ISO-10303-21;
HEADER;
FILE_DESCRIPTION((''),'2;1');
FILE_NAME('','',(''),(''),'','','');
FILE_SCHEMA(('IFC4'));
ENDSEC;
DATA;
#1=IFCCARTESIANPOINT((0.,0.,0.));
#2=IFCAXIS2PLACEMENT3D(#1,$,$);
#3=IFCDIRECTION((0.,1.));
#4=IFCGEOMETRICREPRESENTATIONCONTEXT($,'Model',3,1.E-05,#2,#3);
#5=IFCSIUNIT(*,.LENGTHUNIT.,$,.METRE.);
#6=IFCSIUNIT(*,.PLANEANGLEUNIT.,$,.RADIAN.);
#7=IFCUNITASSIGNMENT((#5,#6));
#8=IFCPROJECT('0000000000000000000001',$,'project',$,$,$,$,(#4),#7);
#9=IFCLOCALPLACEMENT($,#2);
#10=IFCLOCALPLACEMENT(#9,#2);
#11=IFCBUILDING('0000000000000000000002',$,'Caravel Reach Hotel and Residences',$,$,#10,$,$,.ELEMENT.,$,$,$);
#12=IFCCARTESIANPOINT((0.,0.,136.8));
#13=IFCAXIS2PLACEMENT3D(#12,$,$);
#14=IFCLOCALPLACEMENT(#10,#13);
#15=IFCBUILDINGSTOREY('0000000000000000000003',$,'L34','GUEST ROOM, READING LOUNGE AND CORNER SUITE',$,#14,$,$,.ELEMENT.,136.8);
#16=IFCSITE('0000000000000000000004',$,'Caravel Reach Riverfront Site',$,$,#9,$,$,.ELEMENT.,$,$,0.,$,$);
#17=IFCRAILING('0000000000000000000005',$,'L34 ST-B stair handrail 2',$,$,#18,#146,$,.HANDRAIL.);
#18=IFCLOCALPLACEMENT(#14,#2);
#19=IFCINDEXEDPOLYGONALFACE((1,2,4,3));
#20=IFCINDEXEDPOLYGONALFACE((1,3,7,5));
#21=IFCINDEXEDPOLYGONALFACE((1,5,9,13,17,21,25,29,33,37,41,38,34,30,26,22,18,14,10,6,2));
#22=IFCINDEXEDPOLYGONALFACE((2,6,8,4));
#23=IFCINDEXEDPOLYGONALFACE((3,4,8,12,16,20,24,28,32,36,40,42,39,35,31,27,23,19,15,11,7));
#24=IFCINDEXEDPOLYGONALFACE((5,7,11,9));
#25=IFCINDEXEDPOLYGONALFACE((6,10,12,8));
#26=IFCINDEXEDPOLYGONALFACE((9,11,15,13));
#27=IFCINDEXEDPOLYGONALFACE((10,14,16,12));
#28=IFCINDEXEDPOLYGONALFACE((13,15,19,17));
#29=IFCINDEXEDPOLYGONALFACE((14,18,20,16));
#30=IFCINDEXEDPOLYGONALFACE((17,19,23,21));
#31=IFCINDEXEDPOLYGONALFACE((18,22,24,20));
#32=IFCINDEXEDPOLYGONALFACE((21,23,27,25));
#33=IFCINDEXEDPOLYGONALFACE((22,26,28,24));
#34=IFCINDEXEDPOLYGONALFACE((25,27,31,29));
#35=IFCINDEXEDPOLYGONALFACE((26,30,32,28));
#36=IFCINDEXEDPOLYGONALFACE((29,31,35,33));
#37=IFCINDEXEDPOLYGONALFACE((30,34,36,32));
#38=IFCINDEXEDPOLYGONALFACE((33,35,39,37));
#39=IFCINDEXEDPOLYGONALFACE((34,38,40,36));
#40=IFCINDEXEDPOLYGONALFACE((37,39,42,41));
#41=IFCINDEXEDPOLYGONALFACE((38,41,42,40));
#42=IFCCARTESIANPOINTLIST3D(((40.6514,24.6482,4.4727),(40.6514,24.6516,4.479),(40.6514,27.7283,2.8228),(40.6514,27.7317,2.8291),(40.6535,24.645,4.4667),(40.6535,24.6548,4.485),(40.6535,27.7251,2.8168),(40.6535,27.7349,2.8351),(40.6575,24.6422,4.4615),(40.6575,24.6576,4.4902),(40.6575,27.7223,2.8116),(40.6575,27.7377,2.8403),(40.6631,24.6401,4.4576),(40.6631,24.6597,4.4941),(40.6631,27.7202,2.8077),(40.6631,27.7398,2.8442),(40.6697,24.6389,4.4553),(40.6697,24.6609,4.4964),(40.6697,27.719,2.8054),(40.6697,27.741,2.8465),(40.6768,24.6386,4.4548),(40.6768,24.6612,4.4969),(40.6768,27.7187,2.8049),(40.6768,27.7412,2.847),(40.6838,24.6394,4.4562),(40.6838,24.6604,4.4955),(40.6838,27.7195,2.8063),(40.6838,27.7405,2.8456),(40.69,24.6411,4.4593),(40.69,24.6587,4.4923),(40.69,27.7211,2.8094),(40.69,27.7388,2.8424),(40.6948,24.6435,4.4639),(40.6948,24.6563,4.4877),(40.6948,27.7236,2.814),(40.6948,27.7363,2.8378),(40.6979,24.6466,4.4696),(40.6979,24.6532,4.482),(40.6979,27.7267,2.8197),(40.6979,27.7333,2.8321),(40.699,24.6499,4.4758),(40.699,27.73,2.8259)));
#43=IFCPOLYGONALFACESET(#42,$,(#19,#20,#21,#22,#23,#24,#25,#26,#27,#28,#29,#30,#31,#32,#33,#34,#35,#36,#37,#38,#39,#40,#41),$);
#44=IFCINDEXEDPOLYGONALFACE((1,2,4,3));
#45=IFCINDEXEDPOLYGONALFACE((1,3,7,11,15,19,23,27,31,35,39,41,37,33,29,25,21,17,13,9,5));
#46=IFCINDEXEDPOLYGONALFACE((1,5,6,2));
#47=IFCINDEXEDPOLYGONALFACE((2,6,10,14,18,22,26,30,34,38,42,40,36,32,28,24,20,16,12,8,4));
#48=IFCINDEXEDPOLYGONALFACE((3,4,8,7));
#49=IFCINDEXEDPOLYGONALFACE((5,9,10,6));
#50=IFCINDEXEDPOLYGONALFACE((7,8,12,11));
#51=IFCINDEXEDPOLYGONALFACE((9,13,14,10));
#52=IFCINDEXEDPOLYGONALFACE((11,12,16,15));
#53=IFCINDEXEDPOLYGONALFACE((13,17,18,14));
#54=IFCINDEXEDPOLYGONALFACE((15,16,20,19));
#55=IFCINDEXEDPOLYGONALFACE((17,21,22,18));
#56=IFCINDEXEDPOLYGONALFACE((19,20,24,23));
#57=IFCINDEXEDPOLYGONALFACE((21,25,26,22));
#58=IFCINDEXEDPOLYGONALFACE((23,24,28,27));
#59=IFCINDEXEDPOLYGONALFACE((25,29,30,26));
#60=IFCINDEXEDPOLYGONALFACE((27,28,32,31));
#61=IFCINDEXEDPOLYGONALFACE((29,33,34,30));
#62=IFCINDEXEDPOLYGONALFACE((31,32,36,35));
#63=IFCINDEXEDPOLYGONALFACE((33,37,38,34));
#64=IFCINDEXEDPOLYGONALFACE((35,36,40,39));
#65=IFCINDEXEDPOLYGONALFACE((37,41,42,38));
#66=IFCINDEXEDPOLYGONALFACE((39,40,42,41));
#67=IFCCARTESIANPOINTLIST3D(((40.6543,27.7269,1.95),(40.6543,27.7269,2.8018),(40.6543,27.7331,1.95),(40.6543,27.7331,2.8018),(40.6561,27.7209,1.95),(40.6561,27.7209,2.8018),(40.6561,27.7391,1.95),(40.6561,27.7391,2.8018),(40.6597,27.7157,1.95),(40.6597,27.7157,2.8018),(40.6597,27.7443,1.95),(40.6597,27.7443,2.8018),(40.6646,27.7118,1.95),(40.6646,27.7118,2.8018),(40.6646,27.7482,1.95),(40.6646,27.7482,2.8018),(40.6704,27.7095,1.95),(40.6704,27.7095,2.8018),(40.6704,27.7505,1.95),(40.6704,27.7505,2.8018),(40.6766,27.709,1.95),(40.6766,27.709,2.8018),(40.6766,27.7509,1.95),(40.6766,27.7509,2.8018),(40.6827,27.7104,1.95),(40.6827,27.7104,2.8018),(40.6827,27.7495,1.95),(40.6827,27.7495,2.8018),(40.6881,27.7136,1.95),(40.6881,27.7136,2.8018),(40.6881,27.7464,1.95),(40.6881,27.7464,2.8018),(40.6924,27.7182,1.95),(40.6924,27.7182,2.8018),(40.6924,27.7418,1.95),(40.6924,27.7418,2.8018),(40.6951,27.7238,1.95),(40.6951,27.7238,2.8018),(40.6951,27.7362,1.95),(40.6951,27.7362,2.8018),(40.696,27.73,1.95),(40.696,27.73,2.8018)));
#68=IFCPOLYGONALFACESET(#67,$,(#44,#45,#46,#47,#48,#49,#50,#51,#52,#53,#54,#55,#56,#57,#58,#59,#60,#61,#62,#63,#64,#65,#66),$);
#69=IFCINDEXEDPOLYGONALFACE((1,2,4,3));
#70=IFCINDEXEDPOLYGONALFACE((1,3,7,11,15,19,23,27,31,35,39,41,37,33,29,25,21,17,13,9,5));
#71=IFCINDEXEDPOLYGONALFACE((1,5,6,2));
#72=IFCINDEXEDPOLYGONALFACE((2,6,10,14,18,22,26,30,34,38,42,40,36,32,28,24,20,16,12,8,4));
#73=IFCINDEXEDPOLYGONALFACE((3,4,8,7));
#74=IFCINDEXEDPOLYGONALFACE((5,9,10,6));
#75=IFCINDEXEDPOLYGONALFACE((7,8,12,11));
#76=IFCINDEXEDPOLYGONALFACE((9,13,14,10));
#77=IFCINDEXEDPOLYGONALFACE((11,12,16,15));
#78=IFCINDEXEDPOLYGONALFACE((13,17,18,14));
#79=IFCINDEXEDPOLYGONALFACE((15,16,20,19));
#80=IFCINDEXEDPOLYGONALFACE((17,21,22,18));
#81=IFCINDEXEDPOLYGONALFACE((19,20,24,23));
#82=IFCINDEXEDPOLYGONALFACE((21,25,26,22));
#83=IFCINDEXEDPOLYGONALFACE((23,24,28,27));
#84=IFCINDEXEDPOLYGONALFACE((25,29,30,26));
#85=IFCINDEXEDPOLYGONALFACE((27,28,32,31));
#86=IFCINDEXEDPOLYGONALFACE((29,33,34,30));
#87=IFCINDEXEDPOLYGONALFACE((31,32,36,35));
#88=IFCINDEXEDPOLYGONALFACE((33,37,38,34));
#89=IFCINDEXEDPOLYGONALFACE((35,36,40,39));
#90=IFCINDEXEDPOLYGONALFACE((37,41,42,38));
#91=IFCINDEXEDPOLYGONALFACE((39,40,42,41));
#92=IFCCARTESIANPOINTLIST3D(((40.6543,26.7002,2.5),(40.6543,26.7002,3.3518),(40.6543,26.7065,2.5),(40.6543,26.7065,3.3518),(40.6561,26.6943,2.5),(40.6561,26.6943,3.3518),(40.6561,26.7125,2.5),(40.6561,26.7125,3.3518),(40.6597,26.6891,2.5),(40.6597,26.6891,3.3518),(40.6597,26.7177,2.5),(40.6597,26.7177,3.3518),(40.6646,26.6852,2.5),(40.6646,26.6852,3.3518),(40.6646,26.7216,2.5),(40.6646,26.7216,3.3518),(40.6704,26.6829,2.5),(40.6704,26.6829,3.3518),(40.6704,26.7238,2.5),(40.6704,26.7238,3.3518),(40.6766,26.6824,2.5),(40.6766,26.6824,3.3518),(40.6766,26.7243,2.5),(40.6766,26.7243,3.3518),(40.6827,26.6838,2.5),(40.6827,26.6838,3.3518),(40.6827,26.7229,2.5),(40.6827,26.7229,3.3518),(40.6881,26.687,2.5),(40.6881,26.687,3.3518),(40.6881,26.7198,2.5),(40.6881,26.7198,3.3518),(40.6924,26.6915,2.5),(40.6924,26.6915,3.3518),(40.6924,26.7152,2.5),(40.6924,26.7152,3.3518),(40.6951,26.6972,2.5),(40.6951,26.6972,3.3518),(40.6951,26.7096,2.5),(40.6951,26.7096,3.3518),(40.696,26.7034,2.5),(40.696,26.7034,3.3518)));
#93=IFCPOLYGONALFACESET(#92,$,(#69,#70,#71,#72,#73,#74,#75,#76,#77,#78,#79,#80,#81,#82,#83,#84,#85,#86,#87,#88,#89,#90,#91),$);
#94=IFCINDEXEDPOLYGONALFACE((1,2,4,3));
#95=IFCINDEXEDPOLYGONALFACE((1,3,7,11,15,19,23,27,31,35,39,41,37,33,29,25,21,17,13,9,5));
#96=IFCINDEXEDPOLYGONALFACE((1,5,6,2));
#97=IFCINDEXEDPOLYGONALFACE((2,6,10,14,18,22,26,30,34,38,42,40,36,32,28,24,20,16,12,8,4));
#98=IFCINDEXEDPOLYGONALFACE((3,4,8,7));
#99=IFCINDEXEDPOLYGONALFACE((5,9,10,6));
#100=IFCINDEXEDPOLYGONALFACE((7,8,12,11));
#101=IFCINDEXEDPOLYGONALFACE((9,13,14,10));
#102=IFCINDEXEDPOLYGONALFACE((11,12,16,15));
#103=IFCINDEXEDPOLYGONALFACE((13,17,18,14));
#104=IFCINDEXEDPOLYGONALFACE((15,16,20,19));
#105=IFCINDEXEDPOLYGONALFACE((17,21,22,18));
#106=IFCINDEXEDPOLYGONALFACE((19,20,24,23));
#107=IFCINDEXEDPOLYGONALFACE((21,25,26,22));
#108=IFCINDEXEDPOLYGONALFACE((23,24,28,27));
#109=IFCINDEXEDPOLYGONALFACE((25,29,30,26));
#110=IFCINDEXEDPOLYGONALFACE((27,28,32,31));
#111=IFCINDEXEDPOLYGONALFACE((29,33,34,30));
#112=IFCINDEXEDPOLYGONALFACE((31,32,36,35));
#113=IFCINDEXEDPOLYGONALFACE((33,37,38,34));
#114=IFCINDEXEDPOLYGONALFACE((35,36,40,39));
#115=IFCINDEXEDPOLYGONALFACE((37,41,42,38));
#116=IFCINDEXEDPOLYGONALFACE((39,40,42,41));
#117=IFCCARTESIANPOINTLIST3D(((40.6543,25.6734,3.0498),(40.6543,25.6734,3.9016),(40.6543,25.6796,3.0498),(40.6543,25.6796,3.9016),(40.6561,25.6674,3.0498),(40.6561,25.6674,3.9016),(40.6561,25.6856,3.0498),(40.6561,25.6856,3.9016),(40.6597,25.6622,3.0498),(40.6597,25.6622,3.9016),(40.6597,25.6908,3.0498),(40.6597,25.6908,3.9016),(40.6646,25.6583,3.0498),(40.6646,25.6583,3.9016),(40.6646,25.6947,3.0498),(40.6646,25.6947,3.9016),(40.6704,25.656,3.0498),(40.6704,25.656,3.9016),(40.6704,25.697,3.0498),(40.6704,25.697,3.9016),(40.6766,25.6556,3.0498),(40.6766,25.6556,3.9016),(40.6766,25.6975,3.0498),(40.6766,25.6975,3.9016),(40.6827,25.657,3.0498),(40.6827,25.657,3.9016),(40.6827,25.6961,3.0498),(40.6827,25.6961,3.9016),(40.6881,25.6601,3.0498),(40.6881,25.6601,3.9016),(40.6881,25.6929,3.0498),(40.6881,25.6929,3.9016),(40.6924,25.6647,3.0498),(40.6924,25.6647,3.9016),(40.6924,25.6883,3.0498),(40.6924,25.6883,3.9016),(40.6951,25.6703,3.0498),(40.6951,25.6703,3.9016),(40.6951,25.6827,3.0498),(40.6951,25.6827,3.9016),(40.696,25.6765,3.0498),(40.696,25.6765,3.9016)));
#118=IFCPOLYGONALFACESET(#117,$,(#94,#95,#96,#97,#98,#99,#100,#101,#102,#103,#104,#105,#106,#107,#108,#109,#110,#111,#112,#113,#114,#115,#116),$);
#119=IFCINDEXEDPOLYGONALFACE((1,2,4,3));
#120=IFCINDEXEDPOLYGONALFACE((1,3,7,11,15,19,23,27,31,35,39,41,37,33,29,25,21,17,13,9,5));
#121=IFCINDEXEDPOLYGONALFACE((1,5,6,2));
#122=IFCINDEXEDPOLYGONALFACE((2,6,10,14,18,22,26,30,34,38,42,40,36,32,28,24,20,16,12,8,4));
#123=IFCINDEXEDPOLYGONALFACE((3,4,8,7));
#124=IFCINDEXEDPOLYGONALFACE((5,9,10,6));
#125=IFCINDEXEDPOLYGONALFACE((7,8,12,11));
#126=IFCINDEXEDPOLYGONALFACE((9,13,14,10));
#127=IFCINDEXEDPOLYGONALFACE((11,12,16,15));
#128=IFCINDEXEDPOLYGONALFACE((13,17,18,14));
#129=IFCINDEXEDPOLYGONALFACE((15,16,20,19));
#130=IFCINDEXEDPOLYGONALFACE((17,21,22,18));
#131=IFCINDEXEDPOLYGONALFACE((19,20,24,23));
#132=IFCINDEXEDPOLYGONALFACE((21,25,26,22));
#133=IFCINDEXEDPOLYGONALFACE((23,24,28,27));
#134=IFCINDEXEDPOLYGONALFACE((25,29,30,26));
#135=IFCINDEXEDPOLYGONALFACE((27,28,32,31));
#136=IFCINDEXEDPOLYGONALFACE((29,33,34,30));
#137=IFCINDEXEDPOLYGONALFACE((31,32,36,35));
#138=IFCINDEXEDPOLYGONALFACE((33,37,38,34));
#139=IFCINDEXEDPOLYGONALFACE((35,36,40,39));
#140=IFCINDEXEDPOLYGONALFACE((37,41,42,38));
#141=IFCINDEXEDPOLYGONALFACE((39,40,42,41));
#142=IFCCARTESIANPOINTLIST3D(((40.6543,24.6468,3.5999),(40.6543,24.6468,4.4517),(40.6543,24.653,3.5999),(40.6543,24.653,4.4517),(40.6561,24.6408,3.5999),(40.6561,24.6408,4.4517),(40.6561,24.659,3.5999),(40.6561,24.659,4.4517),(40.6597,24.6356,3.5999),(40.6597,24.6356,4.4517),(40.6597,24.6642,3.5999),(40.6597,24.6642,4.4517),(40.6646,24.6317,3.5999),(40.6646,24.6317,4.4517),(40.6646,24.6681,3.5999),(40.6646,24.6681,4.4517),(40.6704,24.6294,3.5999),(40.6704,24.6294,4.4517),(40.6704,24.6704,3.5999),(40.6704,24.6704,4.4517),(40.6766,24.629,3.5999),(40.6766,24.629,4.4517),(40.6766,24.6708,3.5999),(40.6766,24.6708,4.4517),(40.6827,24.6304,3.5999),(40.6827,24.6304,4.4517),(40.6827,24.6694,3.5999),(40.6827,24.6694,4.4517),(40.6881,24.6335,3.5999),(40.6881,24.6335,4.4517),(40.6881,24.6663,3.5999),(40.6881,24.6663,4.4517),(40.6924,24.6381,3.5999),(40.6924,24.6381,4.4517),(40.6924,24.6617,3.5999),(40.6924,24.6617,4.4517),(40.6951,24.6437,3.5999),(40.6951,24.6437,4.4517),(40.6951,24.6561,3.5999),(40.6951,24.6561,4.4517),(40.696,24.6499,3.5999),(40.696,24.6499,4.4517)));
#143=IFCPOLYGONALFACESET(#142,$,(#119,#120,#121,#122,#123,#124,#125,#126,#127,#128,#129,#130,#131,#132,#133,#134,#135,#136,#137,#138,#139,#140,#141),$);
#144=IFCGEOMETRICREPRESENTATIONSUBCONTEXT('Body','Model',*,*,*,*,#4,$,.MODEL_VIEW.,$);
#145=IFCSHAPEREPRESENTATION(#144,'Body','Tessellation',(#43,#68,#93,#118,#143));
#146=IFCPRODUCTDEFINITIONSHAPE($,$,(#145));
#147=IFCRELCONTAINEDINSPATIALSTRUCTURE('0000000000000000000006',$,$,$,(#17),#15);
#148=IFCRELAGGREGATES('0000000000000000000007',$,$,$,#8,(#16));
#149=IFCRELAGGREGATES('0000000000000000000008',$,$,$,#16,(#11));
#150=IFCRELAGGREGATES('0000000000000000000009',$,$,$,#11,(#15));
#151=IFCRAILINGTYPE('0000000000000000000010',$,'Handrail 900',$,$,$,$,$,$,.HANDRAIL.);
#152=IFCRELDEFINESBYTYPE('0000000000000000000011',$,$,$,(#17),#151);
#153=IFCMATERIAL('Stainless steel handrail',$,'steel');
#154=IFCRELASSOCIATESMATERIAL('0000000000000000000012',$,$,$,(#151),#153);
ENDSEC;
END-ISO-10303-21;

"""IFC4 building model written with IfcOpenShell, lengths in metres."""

from ifc_helpers import new_model, si_unit, direction, frame, origin, origin_2d, place, context, subcontext, project, spatial, circle, extrude, material, type_object, element, save


model = new_model("IFC4")

# Units and contexts
model_context = context("Model", 3, precision=1e-05, world=origin(), true_north=direction((0.0, 1.0)))
body_context = subcontext(model_context, "Body", "Model", "MODEL_VIEW")
ifc_project = project(units=[si_unit("LENGTHUNIT", "METRE"), si_unit("PLANEANGLEUNIT", "RADIAN")], contexts=[model_context])

# Site, building, storey
site_placement = place(None, origin())
site = spatial("IfcSite", under=ifc_project, at=site_placement, Name="Caravel Reach Riverfront Site", CompositionType="ELEMENT", RefElevation=0.0)
building_placement = place(site_placement, origin())
building = spatial("IfcBuilding", under=site, at=building_placement, Name="Caravel Reach Hotel and Residences", CompositionType="ELEMENT")
storey_placement = place(building_placement, frame((0.0, 0.0, 136.8)))
storey = spatial("IfcBuildingStorey", under=building, at=storey_placement, Name="L34", Description="GUEST ROOM, READING LOUNGE AND CORNER SUITE", CompositionType="ELEMENT", Elevation=136.8)

# Railing
ifc_material_1 = material(Name="Stainless steel handrail", Category="steel")
railing_type_1 = type_object("IfcRailingType", Name="Handrail 900", PredefinedType="HANDRAIL", material=ifc_material_1)
railing_1_placement = place(storey_placement, frame((40.675, 27.73, 1.95)))
element("IfcRailing", 1, at=railing_1_placement, inside=storey, type_object=railing_type_1, Name="L34 ST-B stair handrail 2", PredefinedType="HANDRAIL", context=body_context, shape_type="SweptSolid", body=[
    extrude(circle(Radius=0.0239, at=origin_2d()), frame((0.0, 0.0, 0.876), z_axis=(0.0, -0.881497, 0.47219), x_axis=(1.0, 0.0, 0.0)), (0.0, 0.0, 1.0), 3.4941),
    extrude(circle(Radius=0.021, at=origin_2d()), origin(), (0.0, 0.0, 1.0), 0.8518),
    extrude(circle(Radius=0.021, at=origin_2d()), frame((0.0, -1.0266, 0.55)), (0.0, 0.0, 1.0), 0.8518),
    extrude(circle(Radius=0.021, at=origin_2d()), frame((0.0, -2.0535, 1.0999)), (0.0, 0.0, 1.0), 0.8518),
    extrude(circle(Radius=0.021, at=origin_2d()), frame((0.0, -3.0801, 1.6499)), (0.0, 0.0, 1.0), 0.8518),
])

save(model, "model.ifc")
